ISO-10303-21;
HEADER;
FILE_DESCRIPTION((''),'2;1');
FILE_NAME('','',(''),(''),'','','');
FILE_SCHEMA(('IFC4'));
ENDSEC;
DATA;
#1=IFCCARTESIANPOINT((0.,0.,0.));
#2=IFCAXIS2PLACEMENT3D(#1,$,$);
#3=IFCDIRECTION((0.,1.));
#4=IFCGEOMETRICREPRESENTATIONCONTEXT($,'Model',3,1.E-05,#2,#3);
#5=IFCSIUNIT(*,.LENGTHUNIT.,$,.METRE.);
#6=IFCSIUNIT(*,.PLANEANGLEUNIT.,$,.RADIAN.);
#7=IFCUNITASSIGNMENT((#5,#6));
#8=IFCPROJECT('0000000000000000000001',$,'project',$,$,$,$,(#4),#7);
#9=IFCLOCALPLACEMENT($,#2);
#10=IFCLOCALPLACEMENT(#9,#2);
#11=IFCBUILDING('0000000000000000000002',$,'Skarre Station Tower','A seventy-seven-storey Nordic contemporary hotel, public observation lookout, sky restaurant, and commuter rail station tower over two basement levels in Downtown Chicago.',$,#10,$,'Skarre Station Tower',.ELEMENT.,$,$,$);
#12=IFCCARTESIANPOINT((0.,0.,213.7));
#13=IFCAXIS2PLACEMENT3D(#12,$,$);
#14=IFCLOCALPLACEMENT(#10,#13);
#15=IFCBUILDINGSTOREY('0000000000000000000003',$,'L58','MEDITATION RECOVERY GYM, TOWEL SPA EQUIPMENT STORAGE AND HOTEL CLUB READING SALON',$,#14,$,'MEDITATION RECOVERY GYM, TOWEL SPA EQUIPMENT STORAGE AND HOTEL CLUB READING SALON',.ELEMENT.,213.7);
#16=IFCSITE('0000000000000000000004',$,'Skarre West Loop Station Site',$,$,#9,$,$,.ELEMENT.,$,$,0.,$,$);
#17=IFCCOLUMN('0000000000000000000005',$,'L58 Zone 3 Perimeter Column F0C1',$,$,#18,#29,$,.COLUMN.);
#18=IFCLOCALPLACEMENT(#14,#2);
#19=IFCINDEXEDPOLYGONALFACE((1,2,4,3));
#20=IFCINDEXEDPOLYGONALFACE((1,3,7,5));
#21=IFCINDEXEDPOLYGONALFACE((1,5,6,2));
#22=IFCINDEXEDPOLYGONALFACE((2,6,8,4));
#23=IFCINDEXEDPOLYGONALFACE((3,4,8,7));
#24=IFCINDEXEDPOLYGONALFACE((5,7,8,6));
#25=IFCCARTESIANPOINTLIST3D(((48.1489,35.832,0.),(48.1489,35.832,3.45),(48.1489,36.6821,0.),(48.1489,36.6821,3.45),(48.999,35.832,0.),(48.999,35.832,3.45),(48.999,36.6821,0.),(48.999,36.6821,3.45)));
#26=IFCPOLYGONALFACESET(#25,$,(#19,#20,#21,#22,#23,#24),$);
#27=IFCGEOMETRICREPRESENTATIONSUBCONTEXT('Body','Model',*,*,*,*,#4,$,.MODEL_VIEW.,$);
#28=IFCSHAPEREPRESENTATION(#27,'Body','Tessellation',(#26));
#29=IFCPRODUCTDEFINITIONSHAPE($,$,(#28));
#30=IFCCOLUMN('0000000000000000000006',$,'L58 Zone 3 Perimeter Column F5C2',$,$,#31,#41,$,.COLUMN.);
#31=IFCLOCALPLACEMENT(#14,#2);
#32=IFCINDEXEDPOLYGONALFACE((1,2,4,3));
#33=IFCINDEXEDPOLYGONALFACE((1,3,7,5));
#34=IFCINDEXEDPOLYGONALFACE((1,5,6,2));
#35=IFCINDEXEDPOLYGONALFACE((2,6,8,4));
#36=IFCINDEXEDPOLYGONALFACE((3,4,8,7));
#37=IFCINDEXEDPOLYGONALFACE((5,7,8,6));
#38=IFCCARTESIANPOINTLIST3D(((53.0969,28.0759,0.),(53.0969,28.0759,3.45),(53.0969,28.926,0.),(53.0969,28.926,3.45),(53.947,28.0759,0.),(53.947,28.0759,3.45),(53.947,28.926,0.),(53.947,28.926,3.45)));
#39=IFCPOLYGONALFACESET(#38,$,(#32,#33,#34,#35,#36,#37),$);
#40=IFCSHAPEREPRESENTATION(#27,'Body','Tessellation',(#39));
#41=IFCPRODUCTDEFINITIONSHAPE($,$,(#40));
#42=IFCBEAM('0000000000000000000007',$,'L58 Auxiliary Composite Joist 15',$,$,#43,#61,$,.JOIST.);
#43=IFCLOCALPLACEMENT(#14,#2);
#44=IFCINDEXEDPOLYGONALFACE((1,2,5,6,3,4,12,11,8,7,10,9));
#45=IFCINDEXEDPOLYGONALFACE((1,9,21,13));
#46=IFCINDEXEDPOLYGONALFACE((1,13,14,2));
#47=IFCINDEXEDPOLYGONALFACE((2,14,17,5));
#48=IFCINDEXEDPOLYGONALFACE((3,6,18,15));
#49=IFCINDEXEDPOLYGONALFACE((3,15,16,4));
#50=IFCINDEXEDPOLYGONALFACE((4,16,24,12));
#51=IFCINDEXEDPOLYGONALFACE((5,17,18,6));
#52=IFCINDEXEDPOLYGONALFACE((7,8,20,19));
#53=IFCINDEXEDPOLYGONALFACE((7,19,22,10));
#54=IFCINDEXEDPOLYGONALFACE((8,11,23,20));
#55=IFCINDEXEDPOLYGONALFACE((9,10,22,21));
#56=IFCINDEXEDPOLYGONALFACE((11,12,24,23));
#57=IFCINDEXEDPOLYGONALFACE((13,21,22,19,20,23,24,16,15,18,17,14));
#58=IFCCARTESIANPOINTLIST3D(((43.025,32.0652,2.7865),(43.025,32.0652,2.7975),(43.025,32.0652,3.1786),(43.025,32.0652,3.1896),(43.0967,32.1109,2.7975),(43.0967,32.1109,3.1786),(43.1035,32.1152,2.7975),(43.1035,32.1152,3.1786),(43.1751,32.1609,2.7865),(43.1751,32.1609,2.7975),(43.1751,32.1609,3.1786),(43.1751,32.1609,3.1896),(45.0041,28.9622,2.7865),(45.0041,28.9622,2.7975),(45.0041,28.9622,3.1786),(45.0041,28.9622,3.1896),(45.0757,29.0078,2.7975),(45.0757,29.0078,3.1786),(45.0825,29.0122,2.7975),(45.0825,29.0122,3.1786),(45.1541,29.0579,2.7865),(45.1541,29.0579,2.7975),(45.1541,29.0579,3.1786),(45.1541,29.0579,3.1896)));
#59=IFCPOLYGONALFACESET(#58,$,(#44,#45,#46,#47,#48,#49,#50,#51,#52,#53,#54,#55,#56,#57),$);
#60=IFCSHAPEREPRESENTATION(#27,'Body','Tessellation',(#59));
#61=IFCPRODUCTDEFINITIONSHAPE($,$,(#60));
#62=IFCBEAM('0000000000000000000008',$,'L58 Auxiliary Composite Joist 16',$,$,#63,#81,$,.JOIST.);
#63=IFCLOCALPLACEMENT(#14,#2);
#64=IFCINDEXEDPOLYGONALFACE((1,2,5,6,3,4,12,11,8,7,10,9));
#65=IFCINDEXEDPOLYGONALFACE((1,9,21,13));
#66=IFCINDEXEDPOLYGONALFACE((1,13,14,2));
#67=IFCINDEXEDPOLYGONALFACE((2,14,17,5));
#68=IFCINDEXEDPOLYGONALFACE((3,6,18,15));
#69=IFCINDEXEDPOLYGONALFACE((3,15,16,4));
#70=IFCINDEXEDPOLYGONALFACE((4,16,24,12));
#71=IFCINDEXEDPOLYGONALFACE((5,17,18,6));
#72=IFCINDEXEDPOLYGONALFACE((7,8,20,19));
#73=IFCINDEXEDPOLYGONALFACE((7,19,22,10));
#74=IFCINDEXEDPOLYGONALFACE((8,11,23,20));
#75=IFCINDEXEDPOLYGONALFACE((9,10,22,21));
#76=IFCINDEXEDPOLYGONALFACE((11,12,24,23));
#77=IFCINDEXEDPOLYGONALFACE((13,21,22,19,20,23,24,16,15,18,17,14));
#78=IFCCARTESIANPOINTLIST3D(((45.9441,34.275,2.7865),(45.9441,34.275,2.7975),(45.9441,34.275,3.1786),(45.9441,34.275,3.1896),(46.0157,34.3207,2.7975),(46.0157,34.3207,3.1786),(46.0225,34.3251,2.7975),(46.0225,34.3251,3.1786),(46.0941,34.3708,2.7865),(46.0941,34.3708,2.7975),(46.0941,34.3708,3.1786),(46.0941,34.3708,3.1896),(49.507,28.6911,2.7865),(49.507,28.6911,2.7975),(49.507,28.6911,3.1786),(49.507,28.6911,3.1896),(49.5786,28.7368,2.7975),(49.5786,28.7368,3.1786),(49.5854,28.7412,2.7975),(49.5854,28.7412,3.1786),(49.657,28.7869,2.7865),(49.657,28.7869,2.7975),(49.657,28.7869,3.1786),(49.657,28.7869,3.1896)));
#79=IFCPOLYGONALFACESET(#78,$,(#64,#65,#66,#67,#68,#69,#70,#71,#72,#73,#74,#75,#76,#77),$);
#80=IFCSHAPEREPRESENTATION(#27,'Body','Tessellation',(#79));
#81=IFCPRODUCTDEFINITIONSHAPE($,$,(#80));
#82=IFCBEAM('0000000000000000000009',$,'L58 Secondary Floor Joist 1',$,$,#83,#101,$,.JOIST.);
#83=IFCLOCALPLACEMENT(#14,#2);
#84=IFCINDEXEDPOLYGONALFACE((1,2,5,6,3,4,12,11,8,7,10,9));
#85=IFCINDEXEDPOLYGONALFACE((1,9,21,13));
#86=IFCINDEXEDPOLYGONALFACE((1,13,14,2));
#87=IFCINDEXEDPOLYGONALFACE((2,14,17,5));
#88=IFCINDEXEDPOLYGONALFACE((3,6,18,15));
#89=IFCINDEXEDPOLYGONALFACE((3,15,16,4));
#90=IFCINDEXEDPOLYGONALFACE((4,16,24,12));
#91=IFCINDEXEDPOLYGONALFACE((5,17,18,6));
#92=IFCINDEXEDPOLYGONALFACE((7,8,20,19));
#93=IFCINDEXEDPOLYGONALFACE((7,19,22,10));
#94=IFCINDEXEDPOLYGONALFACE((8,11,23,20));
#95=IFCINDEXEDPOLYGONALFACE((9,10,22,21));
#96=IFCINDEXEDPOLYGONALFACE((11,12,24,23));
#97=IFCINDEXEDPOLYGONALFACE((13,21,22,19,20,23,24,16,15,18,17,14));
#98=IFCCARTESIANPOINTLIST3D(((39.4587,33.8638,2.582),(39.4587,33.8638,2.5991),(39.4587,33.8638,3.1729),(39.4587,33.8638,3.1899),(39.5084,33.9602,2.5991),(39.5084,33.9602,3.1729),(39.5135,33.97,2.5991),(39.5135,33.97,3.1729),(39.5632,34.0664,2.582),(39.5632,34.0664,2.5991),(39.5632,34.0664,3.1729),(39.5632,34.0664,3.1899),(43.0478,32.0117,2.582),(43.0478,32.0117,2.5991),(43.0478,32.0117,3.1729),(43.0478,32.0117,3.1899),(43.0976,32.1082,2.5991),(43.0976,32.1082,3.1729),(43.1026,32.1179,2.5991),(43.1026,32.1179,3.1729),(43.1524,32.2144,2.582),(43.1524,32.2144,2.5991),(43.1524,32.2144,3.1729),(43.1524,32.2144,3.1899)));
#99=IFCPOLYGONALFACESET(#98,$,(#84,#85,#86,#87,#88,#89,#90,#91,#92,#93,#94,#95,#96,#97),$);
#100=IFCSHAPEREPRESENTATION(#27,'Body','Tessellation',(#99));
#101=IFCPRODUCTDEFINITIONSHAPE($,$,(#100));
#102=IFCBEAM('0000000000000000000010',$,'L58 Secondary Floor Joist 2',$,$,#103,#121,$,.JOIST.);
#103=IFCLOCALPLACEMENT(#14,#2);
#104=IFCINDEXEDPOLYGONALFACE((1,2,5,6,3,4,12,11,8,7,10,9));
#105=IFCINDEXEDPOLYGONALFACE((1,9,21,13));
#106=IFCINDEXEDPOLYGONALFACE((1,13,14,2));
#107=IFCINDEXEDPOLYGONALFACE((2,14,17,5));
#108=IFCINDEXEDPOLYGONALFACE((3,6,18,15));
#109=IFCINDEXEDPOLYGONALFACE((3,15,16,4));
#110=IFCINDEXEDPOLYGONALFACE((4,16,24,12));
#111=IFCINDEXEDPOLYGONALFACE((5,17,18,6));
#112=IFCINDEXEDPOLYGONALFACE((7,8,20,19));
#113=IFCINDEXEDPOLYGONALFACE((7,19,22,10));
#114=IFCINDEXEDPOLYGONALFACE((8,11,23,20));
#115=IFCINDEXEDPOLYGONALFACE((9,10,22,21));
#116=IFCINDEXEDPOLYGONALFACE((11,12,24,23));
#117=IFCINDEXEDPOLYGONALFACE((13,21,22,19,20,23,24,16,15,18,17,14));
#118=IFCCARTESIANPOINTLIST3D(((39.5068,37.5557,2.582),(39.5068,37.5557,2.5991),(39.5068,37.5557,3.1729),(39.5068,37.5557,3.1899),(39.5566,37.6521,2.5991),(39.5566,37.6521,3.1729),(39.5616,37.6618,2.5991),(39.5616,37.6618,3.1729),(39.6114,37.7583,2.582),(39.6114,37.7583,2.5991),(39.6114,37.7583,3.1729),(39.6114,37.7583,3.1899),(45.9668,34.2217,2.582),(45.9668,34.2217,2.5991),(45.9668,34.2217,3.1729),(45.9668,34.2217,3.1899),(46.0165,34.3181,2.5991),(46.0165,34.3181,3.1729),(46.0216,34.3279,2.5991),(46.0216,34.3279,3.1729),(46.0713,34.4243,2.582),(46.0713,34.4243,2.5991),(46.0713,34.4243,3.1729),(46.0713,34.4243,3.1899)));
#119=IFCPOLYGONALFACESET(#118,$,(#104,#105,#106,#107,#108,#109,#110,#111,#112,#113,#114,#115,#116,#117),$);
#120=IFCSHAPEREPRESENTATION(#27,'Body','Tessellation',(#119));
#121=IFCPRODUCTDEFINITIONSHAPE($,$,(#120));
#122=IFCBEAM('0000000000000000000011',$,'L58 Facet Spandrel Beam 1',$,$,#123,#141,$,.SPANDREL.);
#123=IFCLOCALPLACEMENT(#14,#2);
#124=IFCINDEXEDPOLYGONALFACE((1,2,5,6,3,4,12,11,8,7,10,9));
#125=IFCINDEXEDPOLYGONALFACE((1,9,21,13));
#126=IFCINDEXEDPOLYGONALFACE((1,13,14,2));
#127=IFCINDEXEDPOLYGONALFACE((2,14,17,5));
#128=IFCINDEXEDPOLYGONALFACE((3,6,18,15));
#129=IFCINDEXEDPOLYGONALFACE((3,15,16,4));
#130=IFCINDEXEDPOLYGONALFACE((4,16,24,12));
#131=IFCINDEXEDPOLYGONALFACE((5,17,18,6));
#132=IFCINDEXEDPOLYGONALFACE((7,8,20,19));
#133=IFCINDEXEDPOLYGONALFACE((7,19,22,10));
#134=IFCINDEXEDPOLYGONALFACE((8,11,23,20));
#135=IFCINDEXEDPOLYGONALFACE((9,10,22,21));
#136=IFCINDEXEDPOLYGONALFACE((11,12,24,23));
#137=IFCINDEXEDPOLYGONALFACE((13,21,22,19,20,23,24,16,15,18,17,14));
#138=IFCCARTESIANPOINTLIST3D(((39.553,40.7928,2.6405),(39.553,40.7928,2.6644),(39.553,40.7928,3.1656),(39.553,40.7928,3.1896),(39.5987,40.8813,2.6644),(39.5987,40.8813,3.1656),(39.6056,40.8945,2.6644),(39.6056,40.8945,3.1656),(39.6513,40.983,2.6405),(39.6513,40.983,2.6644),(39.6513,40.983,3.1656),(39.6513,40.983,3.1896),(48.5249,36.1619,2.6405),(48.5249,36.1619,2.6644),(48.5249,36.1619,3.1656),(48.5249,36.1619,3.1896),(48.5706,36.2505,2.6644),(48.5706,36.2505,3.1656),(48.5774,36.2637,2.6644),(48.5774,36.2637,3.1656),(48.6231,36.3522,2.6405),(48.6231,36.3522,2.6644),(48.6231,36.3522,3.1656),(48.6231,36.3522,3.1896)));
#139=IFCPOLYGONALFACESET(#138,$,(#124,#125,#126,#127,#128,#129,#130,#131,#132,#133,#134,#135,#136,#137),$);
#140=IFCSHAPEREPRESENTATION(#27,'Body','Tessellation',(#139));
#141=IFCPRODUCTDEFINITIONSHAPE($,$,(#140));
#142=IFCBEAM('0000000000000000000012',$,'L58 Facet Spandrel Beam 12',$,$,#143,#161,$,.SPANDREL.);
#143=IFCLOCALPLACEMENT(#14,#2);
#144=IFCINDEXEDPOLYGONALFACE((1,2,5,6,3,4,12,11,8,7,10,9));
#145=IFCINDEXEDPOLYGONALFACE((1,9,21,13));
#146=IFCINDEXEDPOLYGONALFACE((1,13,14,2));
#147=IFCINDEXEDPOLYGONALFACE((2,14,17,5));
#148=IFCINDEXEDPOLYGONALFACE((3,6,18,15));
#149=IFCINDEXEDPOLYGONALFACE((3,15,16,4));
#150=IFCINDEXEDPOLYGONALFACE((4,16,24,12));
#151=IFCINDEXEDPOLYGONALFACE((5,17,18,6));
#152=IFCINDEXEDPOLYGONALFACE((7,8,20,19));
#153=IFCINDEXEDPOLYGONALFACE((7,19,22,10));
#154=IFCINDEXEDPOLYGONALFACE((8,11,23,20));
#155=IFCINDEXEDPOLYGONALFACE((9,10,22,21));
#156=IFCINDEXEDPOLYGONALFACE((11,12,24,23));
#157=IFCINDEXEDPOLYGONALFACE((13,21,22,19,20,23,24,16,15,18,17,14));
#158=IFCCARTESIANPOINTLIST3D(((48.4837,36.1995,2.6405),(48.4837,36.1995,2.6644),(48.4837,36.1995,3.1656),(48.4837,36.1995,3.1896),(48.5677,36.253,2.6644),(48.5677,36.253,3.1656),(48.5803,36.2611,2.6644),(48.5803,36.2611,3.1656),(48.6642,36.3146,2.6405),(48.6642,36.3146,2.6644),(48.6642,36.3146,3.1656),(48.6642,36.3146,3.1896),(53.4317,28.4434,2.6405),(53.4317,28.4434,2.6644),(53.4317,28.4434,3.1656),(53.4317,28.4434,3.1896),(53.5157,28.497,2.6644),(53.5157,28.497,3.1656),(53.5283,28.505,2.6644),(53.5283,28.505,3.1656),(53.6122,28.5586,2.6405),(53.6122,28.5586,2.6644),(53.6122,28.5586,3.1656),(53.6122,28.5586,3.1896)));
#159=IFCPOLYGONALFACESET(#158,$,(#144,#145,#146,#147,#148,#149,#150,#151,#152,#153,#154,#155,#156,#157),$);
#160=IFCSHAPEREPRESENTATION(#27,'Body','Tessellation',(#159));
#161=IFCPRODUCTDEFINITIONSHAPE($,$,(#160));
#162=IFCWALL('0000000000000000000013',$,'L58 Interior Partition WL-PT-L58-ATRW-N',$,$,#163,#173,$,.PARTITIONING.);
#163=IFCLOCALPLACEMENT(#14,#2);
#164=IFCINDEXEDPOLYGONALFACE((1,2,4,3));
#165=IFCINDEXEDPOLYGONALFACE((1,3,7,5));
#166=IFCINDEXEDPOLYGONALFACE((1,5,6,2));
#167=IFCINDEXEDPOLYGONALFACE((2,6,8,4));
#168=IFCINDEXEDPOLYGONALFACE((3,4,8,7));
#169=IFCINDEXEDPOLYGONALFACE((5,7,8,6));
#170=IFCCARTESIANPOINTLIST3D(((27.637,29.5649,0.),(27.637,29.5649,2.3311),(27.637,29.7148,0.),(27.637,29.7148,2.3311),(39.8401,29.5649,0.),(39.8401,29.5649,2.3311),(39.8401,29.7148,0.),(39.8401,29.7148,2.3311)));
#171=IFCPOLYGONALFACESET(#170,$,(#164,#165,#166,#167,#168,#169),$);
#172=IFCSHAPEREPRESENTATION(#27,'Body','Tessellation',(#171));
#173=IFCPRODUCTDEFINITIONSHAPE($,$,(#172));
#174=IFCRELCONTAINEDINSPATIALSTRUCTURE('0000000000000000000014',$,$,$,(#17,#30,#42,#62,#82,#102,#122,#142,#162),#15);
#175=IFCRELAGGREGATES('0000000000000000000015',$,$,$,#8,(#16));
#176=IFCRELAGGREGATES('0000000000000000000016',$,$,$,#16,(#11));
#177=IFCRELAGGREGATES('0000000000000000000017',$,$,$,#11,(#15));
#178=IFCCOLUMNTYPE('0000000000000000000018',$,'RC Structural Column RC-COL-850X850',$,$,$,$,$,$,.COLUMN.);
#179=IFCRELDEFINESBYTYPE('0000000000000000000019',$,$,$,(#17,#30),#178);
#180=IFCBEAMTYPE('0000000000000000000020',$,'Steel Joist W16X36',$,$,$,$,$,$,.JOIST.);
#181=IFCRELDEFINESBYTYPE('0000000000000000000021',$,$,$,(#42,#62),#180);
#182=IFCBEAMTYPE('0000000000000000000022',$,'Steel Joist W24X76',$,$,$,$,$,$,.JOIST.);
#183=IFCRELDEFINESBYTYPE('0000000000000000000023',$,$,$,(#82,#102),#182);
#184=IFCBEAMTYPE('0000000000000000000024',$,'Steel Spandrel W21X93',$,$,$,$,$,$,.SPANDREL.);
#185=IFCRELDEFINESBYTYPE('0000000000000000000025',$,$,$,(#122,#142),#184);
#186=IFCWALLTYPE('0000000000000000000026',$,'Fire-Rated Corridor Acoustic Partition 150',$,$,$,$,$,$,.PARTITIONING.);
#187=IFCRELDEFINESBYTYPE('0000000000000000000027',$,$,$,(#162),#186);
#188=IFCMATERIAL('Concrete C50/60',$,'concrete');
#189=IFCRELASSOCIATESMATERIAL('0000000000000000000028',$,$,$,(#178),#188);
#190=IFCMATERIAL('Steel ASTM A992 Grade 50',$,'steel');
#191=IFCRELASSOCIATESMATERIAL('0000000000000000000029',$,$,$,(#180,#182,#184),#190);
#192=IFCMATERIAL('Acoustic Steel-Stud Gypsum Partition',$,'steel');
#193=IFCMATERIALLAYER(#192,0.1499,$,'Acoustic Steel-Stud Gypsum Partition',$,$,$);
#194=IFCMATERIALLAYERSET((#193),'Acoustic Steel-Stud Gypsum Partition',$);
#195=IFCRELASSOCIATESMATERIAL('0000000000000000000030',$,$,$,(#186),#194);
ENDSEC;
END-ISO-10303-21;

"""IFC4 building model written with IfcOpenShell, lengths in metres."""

from ifc_helpers import new_model, si_unit, direction, frame, frame_2d, origin, origin_2d, place, context, subcontext, project, spatial, rectangle, i_section, extrude, material, layer, layer_set, material_profile, profile_set, type_object, element, save


model = new_model("IFC4")

# Units and contexts
model_context = context("Model", 3, precision=1e-05, world=origin(), true_north=direction((0.0, 1.0)))
body_context = subcontext(model_context, "Body", "Model", "MODEL_VIEW")
ifc_project = project(units=[si_unit("LENGTHUNIT", "METRE"), si_unit("PLANEANGLEUNIT", "RADIAN")], contexts=[model_context])

# Site, building, storey
site_placement = place(None, origin())
site = spatial("IfcSite", under=ifc_project, at=site_placement, Name="Skarre West Loop Station Site", CompositionType="ELEMENT", RefElevation=0.0)
building_placement = place(site_placement, origin())
building = spatial("IfcBuilding", under=site, at=building_placement, Name="Skarre Station Tower", Description="A seventy-seven-storey Nordic contemporary hotel, public observation lookout, sky restaurant, and commuter rail station tower over two basement levels in Downtown Chicago.", LongName="Skarre Station Tower", CompositionType="ELEMENT")
storey_placement = place(building_placement, frame((0.0, 0.0, 213.7)))
storey = spatial("IfcBuildingStorey", under=building, at=storey_placement, Name="L58", Description="MEDITATION RECOVERY GYM, TOWEL SPA EQUIPMENT STORAGE AND HOTEL CLUB READING SALON", LongName="MEDITATION RECOVERY GYM, TOWEL SPA EQUIPMENT STORAGE AND HOTEL CLUB READING SALON", CompositionType="ELEMENT", Elevation=213.7)

# Columns
ifc_material_1 = material(Name="Concrete C50/60", Category="concrete")
ifc_material_profile_1 = material_profile(ifc_material_1, rectangle(XDim=0.8501, YDim=0.8501, at=origin_2d()), Name="Concrete C50/60")
ifc_profile_set_1 = profile_set([ifc_material_profile_1], Name="Concrete C50/60")
column_type = type_object("IfcColumnType", Name="RC Structural Column RC-COL-850X850", PredefinedType="COLUMN", material=ifc_profile_set_1)
for number, where, z_axis, x_axis, name in (
    (1, (48.574, 36.2571, 0.0), (0.0, 0.0, 1.0), (1.0, 0.0, 0.0), "L58 Zone 3 Perimeter Column F0C1"),
    (2, (53.522, 28.501, 0.0), (0.0, 0.0, 1.0), (1.0, 0.0, 0.0), "L58 Zone 3 Perimeter Column F5C2"),
):
    element("IfcColumn", number, at=place(storey_placement, frame(where, z_axis=z_axis, x_axis=x_axis)), inside=storey, type_object=column_type, Name=name, PredefinedType="COLUMN", context=body_context, shape_type="SweptSolid", body=[
        extrude(rectangle(XDim=0.8501, YDim=0.8501, at=origin_2d()), origin(), (0.0, 0.0, 1.0), 3.45),
    ])

# Beams
ifc_material_2 = material(Name="Steel ASTM A992 Grade 50", Category="steel")
ifc_material_profile_2 = material_profile(ifc_material_2, i_section(OverallWidth=0.178, OverallDepth=0.4031, WebThickness=0.0081, FlangeThickness=0.011, at=origin_2d()), Name="Steel ASTM A992 Grade 50")
ifc_profile_set_2 = profile_set([ifc_material_profile_2], Name="Steel ASTM A992 Grade 50")
beam_type_1 = type_object("IfcBeamType", Name="Steel Joist W16X36", PredefinedType="JOIST", material=ifc_profile_set_2)
beam_1_placement = place(storey_placement, frame((45.0791, 29.01, 2.988), z_axis=(-0.537717, 0.843126, 0.0), x_axis=(-0.843126, -0.537717, 0.0)))
element("IfcBeam", 3, at=beam_1_placement, inside=storey, type_object=beam_type_1, Name="L58 Auxiliary Composite Joist 15", PredefinedType="JOIST", context=body_context, shape_type="SweptSolid", body=[
    extrude(i_section(OverallWidth=0.178, OverallDepth=0.4031, WebThickness=0.0081, FlangeThickness=0.011, at=origin_2d()), origin(), (0.0, 0.0, 1.0), 3.6804),
])
beam_2_placement = place(storey_placement, frame((49.582, 28.739, 2.988), z_axis=(-0.537901, 0.843008, 0.0), x_axis=(-0.843008, -0.537901, 0.0)))
element("IfcBeam", 4, at=beam_2_placement, inside=storey, type_object=beam_type_1, Name="L58 Auxiliary Composite Joist 16", PredefinedType="JOIST", context=body_context, shape_type="SweptSolid", body=[
    extrude(i_section(OverallWidth=0.178, OverallDepth=0.4031, WebThickness=0.0081, FlangeThickness=0.011, at=origin_2d()), origin(), (0.0, 0.0, 1.0), 6.6238),
])
ifc_material_profile_3 = material_profile(ifc_material_2, i_section(OverallWidth=0.228, OverallDepth=0.6079, WebThickness=0.011, FlangeThickness=0.0171, at=origin_2d()), Name="Steel ASTM A992 Grade 50")
ifc_profile_set_3 = profile_set([ifc_material_profile_3], Name="Steel ASTM A992 Grade 50")
beam_type_2 = type_object("IfcBeamType", Name="Steel Joist W24X76", PredefinedType="JOIST", material=ifc_profile_set_3)
beam_3_placement = place(storey_placement, frame((43.1001, 32.113, 2.886), z_axis=(-0.88866, 0.458566, 0.0), x_axis=(-0.458566, -0.88866, 0.0)))
element("IfcBeam", 5, at=beam_3_placement, inside=storey, type_object=beam_type_2, Name="L58 Secondary Floor Joist 1", PredefinedType="JOIST", context=body_context, shape_type="SweptSolid", body=[
    extrude(i_section(OverallWidth=0.228, OverallDepth=0.6079, WebThickness=0.011, FlangeThickness=0.0171, at=origin_2d()), origin(), (0.0, 0.0, 1.0), 4.0388),
])
beam_4_placement = place(storey_placement, frame((46.019, 34.323, 2.886), z_axis=(-0.888631, 0.458622, 0.0), x_axis=(-0.458622, -0.888631, 0.0)))
element("IfcBeam", 6, at=beam_4_placement, inside=storey, type_object=beam_type_2, Name="L58 Secondary Floor Joist 2", PredefinedType="JOIST", context=body_context, shape_type="SweptSolid", body=[
    extrude(i_section(OverallWidth=0.228, OverallDepth=0.6079, WebThickness=0.011, FlangeThickness=0.0171, at=origin_2d()), origin(), (0.0, 0.0, 1.0), 7.2695),
])
ifc_material_profile_4 = material_profile(ifc_material_2, i_section(OverallWidth=0.2141, OverallDepth=0.5491, WebThickness=0.0149, FlangeThickness=0.0239, at=origin_2d()), Name="Steel ASTM A992 Grade 50")
ifc_profile_set_4 = profile_set([ifc_material_profile_4], Name="Steel ASTM A992 Grade 50")
beam_type_3 = type_object("IfcBeamType", Name="Steel Spandrel W21X93", PredefinedType="SPANDREL", material=ifc_profile_set_4)
beam_5_placement = place(storey_placement, frame((48.574, 36.2571, 2.915), z_axis=(-0.888613, 0.458658, 0.0), x_axis=(-0.458658, -0.888613, 0.0)))
element("IfcBeam", 7, at=beam_5_placement, inside=storey, type_object=beam_type_3, Name="L58 Facet Spandrel Beam 1", PredefinedType="SPANDREL", context=body_context, shape_type="SweptSolid", body=[
    extrude(i_section(OverallWidth=0.2141, OverallDepth=0.5491, WebThickness=0.0149, FlangeThickness=0.0239, at=origin_2d()), origin(), (0.0, 0.0, 1.0), 10.0964),
])
beam_6_placement = place(storey_placement, frame((53.522, 28.501, 2.915), z_axis=(-0.537826, 0.843056, 0.0), x_axis=(-0.843056, -0.537826, 0.0)))
element("IfcBeam", 8, at=beam_6_placement, inside=storey, type_object=beam_type_3, Name="L58 Facet Spandrel Beam 12", PredefinedType="SPANDREL", context=body_context, shape_type="SweptSolid", body=[
    extrude(i_section(OverallWidth=0.2141, OverallDepth=0.5491, WebThickness=0.0149, FlangeThickness=0.0239, at=origin_2d()), origin(), (0.0, 0.0, 1.0), 9.2),
])

# Wall
ifc_material_3 = material(Name="Acoustic Steel-Stud Gypsum Partition", Category="steel")
ifc_layer_1 = layer(ifc_material_3, 0.1499, Name="Acoustic Steel-Stud Gypsum Partition")
ifc_layer_set_1 = layer_set([ifc_layer_1], Name="Acoustic Steel-Stud Gypsum Partition")
wall_type_1 = type_object("IfcWallType", Name="Fire-Rated Corridor Acoustic Partition 150", PredefinedType="PARTITIONING", material=ifc_layer_set_1)
wall_1_placement = place(storey_placement, frame((39.8401, 29.6399, 0.0), z_axis=(0.0, 0.0, 1.0), x_axis=(-1.0, 0.0, 0.0)))
element("IfcWall", 9, at=wall_1_placement, inside=storey, type_object=wall_type_1, Name="L58 Interior Partition WL-PT-L58-ATRW-N", PredefinedType="PARTITIONING", context=body_context, shape_type="SweptSolid", body=[
    extrude(rectangle(XDim=12.2031, YDim=0.1499, at=frame_2d((6.1016, 0.0))), origin(), (0.0, 0.0, 1.0), 2.3311),
])

save(model, "model.ifc")
